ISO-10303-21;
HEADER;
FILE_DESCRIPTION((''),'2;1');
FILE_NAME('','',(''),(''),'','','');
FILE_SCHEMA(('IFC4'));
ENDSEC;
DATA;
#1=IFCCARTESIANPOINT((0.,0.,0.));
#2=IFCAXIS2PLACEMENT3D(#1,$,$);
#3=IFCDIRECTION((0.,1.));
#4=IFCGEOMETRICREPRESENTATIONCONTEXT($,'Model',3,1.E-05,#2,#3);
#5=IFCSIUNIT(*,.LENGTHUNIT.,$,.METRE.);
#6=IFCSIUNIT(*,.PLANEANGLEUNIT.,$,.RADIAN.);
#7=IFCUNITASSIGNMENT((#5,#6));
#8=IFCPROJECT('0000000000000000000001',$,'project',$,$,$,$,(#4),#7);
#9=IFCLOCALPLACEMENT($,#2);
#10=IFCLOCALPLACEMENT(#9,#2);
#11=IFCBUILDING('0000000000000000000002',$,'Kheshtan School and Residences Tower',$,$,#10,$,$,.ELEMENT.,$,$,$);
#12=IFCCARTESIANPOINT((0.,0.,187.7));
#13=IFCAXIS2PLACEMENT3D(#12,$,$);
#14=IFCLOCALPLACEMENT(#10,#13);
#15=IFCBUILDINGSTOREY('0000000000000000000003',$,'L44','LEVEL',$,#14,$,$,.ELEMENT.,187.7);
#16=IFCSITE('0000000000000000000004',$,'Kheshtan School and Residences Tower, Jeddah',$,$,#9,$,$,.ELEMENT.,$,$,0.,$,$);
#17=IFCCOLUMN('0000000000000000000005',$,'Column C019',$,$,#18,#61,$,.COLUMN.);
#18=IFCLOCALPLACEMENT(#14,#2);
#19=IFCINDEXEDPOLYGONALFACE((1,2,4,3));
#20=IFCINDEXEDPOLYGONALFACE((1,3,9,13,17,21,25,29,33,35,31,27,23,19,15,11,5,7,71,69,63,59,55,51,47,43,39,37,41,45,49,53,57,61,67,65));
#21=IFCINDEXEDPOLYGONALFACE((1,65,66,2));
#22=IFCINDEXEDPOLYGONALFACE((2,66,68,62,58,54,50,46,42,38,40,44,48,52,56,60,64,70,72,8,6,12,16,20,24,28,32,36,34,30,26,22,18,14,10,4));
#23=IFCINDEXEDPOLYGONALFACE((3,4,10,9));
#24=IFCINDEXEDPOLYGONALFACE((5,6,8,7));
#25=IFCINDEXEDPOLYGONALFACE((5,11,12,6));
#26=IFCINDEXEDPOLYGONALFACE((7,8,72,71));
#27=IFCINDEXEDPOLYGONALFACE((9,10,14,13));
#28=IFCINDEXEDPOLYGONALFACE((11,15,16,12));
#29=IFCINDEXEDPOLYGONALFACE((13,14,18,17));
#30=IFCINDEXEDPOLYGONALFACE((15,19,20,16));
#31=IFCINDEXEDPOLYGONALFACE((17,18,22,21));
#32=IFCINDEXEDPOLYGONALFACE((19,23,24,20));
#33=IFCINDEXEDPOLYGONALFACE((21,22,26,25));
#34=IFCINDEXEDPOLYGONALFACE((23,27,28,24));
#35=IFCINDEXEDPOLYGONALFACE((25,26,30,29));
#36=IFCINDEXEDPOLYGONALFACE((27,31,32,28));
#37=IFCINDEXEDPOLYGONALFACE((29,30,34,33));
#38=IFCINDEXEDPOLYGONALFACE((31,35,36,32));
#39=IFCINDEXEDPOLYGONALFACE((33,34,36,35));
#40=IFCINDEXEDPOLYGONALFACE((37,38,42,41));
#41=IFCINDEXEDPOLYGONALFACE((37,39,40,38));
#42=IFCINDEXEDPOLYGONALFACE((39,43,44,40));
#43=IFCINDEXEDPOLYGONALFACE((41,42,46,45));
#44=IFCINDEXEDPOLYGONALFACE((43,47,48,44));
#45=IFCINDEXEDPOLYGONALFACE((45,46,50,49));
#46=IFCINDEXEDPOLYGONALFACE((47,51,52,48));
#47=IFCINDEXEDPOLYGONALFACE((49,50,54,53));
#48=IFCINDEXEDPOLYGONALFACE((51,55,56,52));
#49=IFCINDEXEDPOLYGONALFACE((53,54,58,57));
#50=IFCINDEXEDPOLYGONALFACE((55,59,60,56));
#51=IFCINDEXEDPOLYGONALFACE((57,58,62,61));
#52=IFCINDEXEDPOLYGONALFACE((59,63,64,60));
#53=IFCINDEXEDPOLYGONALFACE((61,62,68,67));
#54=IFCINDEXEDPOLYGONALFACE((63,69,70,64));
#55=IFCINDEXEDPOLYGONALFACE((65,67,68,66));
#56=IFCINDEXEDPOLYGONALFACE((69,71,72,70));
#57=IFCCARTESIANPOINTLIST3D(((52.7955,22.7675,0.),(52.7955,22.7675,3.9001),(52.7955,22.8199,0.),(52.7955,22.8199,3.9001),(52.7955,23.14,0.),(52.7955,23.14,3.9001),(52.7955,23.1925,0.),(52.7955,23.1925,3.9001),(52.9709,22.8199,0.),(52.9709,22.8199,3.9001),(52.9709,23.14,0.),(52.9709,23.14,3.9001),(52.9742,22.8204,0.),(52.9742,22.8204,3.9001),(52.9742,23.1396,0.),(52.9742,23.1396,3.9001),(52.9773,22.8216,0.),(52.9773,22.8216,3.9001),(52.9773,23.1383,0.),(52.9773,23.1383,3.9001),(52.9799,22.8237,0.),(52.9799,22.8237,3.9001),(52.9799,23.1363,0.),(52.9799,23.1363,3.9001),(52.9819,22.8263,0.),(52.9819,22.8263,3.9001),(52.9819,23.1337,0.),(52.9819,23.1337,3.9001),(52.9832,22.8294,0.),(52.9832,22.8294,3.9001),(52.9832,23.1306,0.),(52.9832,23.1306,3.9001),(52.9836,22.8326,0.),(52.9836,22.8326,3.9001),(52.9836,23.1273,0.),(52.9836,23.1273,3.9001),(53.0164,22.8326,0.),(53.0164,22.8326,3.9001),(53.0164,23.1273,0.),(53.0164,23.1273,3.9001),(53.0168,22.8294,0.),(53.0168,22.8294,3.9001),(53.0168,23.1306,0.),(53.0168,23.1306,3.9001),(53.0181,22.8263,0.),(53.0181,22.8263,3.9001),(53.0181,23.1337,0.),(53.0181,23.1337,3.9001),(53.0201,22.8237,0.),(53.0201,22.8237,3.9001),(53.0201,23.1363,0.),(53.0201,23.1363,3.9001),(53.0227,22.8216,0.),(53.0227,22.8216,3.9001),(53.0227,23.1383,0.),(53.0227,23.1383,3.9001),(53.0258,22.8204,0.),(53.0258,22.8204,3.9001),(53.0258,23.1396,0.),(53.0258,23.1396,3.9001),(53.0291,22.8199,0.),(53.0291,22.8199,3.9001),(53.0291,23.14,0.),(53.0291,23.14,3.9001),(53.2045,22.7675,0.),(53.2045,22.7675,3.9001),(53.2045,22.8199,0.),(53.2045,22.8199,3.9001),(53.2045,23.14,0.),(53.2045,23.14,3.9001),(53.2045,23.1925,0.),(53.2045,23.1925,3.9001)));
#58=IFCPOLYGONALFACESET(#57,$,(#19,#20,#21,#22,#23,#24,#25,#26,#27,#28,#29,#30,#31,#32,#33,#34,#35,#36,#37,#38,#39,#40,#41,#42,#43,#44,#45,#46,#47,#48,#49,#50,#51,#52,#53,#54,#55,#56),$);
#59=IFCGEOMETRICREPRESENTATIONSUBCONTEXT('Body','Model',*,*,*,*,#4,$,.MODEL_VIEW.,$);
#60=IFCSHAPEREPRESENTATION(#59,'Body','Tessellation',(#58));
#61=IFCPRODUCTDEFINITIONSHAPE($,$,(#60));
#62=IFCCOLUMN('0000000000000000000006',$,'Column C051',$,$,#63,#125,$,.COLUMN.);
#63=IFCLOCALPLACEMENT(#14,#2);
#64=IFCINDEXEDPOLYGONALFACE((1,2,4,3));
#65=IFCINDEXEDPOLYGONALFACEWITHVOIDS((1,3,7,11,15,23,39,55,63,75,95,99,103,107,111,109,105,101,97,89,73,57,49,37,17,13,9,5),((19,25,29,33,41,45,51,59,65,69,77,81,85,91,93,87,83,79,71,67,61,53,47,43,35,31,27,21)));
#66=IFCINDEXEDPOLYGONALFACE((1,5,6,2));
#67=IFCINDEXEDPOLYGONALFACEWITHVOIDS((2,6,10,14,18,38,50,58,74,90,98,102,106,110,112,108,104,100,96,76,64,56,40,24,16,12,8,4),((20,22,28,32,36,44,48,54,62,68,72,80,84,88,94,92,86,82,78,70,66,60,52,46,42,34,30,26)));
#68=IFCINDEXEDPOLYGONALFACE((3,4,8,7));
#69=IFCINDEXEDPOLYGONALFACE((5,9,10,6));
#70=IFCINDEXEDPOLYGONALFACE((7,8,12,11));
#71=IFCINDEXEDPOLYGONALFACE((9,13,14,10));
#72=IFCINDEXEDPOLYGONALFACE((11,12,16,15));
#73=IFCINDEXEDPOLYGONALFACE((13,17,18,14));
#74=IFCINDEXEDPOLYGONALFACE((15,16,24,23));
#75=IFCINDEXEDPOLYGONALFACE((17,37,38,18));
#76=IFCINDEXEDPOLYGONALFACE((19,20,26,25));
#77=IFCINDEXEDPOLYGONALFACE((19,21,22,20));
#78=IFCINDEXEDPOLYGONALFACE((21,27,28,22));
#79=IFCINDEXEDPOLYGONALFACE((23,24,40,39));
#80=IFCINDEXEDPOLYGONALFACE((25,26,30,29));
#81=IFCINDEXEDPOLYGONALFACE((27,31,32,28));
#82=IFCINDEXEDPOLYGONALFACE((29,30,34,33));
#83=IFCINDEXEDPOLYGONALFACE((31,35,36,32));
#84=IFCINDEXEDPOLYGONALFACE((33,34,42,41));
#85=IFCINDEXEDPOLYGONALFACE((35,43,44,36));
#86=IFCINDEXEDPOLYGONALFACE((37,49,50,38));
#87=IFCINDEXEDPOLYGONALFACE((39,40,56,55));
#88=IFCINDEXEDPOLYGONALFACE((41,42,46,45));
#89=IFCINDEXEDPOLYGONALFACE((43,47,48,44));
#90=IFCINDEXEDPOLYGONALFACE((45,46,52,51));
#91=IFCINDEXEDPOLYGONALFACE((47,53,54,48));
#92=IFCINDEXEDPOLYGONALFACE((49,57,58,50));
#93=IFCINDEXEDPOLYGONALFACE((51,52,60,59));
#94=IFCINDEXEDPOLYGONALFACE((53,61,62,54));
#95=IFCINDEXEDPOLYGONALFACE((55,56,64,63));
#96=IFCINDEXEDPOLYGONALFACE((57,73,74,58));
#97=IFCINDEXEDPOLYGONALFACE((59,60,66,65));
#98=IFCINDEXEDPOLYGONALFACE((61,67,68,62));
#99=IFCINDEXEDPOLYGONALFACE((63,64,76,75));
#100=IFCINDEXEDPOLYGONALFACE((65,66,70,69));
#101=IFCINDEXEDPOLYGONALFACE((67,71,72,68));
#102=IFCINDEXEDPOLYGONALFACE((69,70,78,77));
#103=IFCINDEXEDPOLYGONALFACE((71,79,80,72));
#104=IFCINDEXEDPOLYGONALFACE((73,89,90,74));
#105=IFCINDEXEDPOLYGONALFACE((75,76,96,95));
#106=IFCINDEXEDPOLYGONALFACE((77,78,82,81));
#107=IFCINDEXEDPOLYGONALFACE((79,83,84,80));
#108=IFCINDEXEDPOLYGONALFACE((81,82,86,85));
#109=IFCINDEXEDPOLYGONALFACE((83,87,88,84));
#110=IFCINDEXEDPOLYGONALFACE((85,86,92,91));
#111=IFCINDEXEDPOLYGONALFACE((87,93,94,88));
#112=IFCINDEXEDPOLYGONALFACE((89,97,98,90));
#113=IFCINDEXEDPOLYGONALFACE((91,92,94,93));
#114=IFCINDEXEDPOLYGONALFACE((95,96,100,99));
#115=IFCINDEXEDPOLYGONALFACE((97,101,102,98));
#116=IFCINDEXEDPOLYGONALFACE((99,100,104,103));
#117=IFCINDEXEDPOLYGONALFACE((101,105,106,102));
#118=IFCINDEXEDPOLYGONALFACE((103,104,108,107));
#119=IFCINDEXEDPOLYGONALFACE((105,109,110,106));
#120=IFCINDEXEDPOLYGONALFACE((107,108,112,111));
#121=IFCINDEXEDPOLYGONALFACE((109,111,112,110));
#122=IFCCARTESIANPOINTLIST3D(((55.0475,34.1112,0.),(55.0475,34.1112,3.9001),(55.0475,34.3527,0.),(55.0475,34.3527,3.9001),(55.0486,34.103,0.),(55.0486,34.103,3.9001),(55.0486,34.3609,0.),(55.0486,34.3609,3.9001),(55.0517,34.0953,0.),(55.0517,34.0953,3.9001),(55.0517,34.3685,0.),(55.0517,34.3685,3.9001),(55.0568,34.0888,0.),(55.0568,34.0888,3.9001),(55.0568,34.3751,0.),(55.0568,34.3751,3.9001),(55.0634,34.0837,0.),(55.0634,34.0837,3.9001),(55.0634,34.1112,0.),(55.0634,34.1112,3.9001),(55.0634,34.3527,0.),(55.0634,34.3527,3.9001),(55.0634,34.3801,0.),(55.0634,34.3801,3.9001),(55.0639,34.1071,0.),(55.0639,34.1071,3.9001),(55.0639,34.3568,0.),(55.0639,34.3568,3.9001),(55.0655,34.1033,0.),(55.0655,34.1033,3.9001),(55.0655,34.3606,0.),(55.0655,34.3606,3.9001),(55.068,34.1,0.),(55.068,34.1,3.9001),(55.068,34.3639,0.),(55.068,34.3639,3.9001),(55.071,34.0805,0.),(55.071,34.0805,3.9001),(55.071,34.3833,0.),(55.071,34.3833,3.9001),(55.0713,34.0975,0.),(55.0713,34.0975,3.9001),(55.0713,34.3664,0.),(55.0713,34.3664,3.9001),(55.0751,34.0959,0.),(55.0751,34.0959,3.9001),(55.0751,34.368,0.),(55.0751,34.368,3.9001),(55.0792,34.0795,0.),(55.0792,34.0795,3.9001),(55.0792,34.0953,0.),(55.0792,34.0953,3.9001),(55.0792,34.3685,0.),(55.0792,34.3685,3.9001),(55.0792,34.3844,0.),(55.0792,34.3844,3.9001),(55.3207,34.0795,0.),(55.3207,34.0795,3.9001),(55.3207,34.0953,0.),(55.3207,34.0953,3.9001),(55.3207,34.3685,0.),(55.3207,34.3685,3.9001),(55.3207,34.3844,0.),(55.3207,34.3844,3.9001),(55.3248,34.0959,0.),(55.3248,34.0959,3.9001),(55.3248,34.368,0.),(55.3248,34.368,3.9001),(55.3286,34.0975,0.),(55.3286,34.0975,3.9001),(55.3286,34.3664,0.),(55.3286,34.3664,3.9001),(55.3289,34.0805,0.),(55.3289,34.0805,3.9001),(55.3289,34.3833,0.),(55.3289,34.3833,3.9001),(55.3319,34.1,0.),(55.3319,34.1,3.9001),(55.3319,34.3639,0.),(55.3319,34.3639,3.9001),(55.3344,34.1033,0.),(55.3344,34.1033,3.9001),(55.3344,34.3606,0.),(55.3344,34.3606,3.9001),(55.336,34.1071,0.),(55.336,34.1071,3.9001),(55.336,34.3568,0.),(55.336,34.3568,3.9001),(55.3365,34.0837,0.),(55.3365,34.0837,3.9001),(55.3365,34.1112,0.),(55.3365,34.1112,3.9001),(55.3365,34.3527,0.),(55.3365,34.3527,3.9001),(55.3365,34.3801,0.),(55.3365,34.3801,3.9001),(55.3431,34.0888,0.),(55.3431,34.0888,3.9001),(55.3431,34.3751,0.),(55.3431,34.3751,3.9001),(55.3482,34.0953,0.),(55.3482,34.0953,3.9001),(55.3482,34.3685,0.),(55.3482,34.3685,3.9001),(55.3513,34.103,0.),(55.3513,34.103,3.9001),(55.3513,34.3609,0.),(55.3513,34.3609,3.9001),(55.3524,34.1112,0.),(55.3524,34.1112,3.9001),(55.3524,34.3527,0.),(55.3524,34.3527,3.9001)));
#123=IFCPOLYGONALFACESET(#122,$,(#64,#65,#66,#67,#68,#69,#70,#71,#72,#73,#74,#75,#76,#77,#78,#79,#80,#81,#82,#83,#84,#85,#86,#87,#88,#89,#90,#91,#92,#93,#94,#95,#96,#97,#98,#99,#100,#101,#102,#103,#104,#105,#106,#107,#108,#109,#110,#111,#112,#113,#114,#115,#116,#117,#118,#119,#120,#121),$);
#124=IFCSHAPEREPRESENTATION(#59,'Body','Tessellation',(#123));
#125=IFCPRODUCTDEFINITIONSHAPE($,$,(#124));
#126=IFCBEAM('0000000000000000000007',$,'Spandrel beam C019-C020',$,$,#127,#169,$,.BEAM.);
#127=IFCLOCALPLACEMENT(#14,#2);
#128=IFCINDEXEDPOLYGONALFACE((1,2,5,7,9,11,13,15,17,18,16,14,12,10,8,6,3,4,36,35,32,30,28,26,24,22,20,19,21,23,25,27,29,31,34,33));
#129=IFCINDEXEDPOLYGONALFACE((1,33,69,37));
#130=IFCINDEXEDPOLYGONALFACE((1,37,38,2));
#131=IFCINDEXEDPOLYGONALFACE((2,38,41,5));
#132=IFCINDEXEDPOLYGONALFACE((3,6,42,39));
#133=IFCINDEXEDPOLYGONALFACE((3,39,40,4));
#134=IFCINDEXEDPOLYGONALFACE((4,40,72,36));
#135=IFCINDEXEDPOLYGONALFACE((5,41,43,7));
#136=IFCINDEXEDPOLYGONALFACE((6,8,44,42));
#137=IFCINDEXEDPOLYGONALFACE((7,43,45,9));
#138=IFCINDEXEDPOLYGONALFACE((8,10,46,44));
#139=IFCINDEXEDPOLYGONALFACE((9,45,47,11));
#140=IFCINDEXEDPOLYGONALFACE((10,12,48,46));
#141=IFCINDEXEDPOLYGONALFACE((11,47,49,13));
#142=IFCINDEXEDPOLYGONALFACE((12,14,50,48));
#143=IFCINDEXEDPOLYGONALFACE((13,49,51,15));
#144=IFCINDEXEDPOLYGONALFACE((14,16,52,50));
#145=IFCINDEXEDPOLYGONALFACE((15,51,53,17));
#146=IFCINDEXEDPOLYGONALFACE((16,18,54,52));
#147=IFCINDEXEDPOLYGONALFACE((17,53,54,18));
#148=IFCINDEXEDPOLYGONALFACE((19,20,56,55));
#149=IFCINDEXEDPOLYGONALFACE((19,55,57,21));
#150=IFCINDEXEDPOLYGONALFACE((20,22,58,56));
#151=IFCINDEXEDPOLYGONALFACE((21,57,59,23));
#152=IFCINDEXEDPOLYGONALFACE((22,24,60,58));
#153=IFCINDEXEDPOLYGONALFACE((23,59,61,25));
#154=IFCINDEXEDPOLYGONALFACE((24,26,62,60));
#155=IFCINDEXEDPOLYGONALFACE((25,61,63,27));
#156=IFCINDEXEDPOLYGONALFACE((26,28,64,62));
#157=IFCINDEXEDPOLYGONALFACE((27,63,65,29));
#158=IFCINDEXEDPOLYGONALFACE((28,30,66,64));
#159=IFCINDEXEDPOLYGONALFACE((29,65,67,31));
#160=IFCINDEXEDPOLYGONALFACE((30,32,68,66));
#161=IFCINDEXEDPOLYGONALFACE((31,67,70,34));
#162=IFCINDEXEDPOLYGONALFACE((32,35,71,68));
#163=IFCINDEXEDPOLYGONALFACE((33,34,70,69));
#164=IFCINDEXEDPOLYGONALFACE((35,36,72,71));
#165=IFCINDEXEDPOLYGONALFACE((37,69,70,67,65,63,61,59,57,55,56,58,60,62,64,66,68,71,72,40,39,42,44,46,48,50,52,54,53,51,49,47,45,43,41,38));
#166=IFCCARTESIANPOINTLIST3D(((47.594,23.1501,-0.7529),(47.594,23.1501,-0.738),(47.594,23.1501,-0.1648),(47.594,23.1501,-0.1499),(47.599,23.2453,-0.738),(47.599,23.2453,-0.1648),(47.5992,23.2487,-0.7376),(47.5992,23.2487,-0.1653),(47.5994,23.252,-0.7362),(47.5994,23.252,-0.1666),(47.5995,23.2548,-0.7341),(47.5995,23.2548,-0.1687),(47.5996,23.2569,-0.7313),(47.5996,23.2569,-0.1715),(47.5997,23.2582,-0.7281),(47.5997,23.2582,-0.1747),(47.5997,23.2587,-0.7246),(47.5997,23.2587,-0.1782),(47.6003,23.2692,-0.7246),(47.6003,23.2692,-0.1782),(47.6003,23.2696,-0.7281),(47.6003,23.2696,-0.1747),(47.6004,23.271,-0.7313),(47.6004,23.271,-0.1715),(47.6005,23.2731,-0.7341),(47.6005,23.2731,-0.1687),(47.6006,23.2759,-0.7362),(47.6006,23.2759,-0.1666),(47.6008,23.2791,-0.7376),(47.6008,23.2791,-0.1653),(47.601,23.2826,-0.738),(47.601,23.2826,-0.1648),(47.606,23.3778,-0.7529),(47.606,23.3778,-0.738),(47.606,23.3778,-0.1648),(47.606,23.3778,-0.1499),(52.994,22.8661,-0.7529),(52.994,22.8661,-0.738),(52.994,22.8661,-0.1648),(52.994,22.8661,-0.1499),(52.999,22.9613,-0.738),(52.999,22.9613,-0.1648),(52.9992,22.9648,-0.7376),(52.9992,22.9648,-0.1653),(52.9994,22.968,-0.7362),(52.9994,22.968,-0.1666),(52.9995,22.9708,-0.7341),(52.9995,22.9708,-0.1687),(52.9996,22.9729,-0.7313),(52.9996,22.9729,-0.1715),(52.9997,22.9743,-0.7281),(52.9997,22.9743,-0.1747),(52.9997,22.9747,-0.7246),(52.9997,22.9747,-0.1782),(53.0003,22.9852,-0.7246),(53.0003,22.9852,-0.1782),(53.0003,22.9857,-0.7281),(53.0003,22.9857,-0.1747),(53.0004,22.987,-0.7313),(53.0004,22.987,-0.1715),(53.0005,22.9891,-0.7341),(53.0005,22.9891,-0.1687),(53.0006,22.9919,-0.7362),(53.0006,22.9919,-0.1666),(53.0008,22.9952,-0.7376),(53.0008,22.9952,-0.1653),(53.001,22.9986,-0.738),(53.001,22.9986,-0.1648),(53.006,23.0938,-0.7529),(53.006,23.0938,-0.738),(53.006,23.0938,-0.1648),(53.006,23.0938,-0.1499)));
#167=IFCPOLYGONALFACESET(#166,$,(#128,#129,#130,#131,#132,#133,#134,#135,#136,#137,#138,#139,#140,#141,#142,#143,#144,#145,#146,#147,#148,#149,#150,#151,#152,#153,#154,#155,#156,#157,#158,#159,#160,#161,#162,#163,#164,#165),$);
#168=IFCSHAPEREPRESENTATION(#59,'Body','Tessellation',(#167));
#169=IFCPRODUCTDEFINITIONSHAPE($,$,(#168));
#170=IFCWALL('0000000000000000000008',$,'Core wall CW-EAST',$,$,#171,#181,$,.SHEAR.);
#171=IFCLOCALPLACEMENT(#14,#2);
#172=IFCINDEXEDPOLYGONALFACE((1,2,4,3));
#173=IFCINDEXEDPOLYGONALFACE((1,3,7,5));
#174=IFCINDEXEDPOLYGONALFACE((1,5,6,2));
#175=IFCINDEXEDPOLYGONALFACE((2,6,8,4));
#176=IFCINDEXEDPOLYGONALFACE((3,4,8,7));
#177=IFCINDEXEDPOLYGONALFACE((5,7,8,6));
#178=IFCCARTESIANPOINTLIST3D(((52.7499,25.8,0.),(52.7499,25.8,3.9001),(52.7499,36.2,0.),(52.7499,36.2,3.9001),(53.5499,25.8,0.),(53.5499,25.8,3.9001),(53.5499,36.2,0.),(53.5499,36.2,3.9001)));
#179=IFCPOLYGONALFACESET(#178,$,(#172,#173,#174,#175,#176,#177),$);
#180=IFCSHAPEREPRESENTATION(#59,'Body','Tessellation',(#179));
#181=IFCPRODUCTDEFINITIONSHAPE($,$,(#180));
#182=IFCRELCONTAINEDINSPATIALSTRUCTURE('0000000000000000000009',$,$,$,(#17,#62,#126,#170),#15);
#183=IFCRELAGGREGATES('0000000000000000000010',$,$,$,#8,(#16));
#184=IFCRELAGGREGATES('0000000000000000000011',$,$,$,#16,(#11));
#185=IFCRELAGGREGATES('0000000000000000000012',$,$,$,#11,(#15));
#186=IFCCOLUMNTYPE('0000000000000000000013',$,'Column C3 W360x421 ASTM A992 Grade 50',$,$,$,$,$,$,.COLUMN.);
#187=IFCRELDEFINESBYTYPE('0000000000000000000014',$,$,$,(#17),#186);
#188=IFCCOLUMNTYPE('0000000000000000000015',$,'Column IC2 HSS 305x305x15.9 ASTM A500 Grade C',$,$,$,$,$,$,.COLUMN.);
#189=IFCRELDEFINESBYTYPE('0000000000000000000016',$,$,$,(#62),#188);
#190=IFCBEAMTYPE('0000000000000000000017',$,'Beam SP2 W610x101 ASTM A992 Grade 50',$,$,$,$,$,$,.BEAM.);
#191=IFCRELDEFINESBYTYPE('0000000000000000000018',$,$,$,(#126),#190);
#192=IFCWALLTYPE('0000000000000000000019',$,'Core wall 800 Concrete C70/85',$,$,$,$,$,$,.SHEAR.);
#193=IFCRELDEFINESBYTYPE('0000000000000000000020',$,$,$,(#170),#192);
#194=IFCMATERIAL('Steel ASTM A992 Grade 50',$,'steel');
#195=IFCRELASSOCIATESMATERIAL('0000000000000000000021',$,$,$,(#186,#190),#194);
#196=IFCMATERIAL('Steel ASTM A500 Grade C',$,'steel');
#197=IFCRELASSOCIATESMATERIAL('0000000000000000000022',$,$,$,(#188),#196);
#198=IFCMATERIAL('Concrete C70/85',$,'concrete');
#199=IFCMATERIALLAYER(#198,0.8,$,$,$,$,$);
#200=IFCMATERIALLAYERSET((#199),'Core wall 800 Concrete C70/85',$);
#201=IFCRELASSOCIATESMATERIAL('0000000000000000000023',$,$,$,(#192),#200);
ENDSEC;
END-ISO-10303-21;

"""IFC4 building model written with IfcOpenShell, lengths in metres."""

from ifc_helpers import new_model, si_unit, direction, frame, frame_2d, origin, origin_2d, place, context, subcontext, project, spatial, rectangle, hollow_rectangle, i_section, extrude, material, layer, layer_set, material_profile, profile_set, type_object, element, save


model = new_model("IFC4")

# Units and contexts
model_context = context("Model", 3, precision=1e-05, world=origin(), true_north=direction((0.0, 1.0)))
body_context = subcontext(model_context, "Body", "Model", "MODEL_VIEW")
ifc_project = project(units=[si_unit("LENGTHUNIT", "METRE"), si_unit("PLANEANGLEUNIT", "RADIAN")], contexts=[model_context])

# Site, building, storey
site_placement = place(None, origin())
site = spatial("IfcSite", under=ifc_project, at=site_placement, Name="Kheshtan School and Residences Tower, Jeddah", CompositionType="ELEMENT", RefElevation=0.0)
building_placement = place(site_placement, origin())
building = spatial("IfcBuilding", under=site, at=building_placement, Name="Kheshtan School and Residences Tower", CompositionType="ELEMENT")
storey_placement = place(building_placement, frame((0.0, 0.0, 187.7)))
storey = spatial("IfcBuildingStorey", under=building, at=storey_placement, Name="L44", Description="LEVEL", CompositionType="ELEMENT", Elevation=187.7)

# Columns
ifc_material_1 = material(Name="Steel ASTM A992 Grade 50", Category="steel")
ifc_material_profile_1 = material_profile(ifc_material_1, i_section(OverallWidth=0.4089, OverallDepth=0.425, WebThickness=0.0327, FlangeThickness=0.0525, FilletRadius=0.0127, at=origin_2d()), Name="W360x421")
ifc_profile_set_1 = profile_set([ifc_material_profile_1], Name="Steel ASTM A992 Grade 50")
column_type_1 = type_object("IfcColumnType", Name="Column C3 W360x421 ASTM A992 Grade 50", PredefinedType="COLUMN", material=ifc_profile_set_1)
column_1_placement = place(storey_placement, frame((53.0, 22.98, 0.0), z_axis=(0.0, 0.0, 1.0), x_axis=(1.0, 0.0, 0.0)))
element("IfcColumn", 1, at=column_1_placement, inside=storey, type_object=column_type_1, Name="Column C019", PredefinedType="COLUMN", context=body_context, shape_type="SweptSolid", body=[
    extrude(i_section(OverallWidth=0.4089, OverallDepth=0.425, WebThickness=0.0327, FlangeThickness=0.0525, FilletRadius=0.0127, at=origin_2d()), origin(), (0.0, 0.0, 1.0), 3.9001),
])
ifc_material_2 = material(Name="Steel ASTM A500 Grade C", Category="steel")
ifc_material_profile_2 = material_profile(ifc_material_2, hollow_rectangle(XDim=0.3049, YDim=0.3049, WallThickness=0.0159, InnerFilletRadius=0.0159, OuterFilletRadius=0.0317, at=origin_2d()), Name="HSS 305x305x15.9")
ifc_profile_set_2 = profile_set([ifc_material_profile_2], Name="Steel ASTM A500 Grade C")
column_type_2 = type_object("IfcColumnType", Name="Column IC2 HSS 305x305x15.9 ASTM A500 Grade C", PredefinedType="COLUMN", material=ifc_profile_set_2)
column_2_placement = place(storey_placement, frame((55.2, 34.2319, 0.0), z_axis=(0.0, 0.0, 1.0), x_axis=(1.0, 0.0, 0.0)))
element("IfcColumn", 2, at=column_2_placement, inside=storey, type_object=column_type_2, Name="Column C051", PredefinedType="COLUMN", context=body_context, shape_type="SweptSolid", body=[
    extrude(hollow_rectangle(XDim=0.3049, YDim=0.3049, WallThickness=0.0159, InnerFilletRadius=0.0159, OuterFilletRadius=0.0317, at=origin_2d()), origin(), (0.0, 0.0, 1.0), 3.9001),
])

# Beam
ifc_material_profile_3 = material_profile(ifc_material_1, i_section(OverallWidth=0.228, OverallDepth=0.603, WebThickness=0.0105, FlangeThickness=0.0149, FilletRadius=0.0134, at=origin_2d()), Name="W610x101")
ifc_profile_set_3 = profile_set([ifc_material_profile_3], Name="Steel ASTM A992 Grade 50")
beam_type = type_object("IfcBeamType", Name="Beam SP2 W610x101 ASTM A992 Grade 50", PredefinedType="BEAM", material=ifc_profile_set_3)
beam_placement = place(storey_placement, frame((53.0, 22.98, -0.4514), z_axis=(-0.99862, 0.052509, 0.0), x_axis=(-0.052509, -0.99862, 0.0)))
element("IfcBeam", 3, at=beam_placement, inside=storey, type_object=beam_type, Name="Spandrel beam C019-C020", PredefinedType="BEAM", context=body_context, shape_type="SweptSolid", body=[
    extrude(i_section(OverallWidth=0.228, OverallDepth=0.603, WebThickness=0.0105, FlangeThickness=0.0149, FilletRadius=0.0134, at=origin_2d()), origin(), (0.0, 0.0, 1.0), 5.4075),
])

# Wall
ifc_material_3 = material(Name="Concrete C70/85", Category="concrete")
ifc_layer_1 = layer(ifc_material_3, 0.8)
ifc_layer_set_1 = layer_set([ifc_layer_1], Name="Core wall 800 Concrete C70/85")
wall_type_1 = type_object("IfcWallType", Name="Core wall 800 Concrete C70/85", PredefinedType="SHEAR", material=ifc_layer_set_1)
wall_1_placement = place(storey_placement, frame((53.1499, 25.8, 0.0), z_axis=(0.0, 0.0, 1.0), x_axis=(0.0, 1.0, 0.0)))
element("IfcWall", 4, at=wall_1_placement, inside=storey, type_object=wall_type_1, Name="Core wall CW-EAST", PredefinedType="SHEAR", context=body_context, shape_type="SweptSolid", body=[
    extrude(rectangle(XDim=10.3999, YDim=0.8, at=frame_2d((5.2, 0.0))), origin(), (0.0, 0.0, 1.0), 3.9001),
])

save(model, "model.ifc")
